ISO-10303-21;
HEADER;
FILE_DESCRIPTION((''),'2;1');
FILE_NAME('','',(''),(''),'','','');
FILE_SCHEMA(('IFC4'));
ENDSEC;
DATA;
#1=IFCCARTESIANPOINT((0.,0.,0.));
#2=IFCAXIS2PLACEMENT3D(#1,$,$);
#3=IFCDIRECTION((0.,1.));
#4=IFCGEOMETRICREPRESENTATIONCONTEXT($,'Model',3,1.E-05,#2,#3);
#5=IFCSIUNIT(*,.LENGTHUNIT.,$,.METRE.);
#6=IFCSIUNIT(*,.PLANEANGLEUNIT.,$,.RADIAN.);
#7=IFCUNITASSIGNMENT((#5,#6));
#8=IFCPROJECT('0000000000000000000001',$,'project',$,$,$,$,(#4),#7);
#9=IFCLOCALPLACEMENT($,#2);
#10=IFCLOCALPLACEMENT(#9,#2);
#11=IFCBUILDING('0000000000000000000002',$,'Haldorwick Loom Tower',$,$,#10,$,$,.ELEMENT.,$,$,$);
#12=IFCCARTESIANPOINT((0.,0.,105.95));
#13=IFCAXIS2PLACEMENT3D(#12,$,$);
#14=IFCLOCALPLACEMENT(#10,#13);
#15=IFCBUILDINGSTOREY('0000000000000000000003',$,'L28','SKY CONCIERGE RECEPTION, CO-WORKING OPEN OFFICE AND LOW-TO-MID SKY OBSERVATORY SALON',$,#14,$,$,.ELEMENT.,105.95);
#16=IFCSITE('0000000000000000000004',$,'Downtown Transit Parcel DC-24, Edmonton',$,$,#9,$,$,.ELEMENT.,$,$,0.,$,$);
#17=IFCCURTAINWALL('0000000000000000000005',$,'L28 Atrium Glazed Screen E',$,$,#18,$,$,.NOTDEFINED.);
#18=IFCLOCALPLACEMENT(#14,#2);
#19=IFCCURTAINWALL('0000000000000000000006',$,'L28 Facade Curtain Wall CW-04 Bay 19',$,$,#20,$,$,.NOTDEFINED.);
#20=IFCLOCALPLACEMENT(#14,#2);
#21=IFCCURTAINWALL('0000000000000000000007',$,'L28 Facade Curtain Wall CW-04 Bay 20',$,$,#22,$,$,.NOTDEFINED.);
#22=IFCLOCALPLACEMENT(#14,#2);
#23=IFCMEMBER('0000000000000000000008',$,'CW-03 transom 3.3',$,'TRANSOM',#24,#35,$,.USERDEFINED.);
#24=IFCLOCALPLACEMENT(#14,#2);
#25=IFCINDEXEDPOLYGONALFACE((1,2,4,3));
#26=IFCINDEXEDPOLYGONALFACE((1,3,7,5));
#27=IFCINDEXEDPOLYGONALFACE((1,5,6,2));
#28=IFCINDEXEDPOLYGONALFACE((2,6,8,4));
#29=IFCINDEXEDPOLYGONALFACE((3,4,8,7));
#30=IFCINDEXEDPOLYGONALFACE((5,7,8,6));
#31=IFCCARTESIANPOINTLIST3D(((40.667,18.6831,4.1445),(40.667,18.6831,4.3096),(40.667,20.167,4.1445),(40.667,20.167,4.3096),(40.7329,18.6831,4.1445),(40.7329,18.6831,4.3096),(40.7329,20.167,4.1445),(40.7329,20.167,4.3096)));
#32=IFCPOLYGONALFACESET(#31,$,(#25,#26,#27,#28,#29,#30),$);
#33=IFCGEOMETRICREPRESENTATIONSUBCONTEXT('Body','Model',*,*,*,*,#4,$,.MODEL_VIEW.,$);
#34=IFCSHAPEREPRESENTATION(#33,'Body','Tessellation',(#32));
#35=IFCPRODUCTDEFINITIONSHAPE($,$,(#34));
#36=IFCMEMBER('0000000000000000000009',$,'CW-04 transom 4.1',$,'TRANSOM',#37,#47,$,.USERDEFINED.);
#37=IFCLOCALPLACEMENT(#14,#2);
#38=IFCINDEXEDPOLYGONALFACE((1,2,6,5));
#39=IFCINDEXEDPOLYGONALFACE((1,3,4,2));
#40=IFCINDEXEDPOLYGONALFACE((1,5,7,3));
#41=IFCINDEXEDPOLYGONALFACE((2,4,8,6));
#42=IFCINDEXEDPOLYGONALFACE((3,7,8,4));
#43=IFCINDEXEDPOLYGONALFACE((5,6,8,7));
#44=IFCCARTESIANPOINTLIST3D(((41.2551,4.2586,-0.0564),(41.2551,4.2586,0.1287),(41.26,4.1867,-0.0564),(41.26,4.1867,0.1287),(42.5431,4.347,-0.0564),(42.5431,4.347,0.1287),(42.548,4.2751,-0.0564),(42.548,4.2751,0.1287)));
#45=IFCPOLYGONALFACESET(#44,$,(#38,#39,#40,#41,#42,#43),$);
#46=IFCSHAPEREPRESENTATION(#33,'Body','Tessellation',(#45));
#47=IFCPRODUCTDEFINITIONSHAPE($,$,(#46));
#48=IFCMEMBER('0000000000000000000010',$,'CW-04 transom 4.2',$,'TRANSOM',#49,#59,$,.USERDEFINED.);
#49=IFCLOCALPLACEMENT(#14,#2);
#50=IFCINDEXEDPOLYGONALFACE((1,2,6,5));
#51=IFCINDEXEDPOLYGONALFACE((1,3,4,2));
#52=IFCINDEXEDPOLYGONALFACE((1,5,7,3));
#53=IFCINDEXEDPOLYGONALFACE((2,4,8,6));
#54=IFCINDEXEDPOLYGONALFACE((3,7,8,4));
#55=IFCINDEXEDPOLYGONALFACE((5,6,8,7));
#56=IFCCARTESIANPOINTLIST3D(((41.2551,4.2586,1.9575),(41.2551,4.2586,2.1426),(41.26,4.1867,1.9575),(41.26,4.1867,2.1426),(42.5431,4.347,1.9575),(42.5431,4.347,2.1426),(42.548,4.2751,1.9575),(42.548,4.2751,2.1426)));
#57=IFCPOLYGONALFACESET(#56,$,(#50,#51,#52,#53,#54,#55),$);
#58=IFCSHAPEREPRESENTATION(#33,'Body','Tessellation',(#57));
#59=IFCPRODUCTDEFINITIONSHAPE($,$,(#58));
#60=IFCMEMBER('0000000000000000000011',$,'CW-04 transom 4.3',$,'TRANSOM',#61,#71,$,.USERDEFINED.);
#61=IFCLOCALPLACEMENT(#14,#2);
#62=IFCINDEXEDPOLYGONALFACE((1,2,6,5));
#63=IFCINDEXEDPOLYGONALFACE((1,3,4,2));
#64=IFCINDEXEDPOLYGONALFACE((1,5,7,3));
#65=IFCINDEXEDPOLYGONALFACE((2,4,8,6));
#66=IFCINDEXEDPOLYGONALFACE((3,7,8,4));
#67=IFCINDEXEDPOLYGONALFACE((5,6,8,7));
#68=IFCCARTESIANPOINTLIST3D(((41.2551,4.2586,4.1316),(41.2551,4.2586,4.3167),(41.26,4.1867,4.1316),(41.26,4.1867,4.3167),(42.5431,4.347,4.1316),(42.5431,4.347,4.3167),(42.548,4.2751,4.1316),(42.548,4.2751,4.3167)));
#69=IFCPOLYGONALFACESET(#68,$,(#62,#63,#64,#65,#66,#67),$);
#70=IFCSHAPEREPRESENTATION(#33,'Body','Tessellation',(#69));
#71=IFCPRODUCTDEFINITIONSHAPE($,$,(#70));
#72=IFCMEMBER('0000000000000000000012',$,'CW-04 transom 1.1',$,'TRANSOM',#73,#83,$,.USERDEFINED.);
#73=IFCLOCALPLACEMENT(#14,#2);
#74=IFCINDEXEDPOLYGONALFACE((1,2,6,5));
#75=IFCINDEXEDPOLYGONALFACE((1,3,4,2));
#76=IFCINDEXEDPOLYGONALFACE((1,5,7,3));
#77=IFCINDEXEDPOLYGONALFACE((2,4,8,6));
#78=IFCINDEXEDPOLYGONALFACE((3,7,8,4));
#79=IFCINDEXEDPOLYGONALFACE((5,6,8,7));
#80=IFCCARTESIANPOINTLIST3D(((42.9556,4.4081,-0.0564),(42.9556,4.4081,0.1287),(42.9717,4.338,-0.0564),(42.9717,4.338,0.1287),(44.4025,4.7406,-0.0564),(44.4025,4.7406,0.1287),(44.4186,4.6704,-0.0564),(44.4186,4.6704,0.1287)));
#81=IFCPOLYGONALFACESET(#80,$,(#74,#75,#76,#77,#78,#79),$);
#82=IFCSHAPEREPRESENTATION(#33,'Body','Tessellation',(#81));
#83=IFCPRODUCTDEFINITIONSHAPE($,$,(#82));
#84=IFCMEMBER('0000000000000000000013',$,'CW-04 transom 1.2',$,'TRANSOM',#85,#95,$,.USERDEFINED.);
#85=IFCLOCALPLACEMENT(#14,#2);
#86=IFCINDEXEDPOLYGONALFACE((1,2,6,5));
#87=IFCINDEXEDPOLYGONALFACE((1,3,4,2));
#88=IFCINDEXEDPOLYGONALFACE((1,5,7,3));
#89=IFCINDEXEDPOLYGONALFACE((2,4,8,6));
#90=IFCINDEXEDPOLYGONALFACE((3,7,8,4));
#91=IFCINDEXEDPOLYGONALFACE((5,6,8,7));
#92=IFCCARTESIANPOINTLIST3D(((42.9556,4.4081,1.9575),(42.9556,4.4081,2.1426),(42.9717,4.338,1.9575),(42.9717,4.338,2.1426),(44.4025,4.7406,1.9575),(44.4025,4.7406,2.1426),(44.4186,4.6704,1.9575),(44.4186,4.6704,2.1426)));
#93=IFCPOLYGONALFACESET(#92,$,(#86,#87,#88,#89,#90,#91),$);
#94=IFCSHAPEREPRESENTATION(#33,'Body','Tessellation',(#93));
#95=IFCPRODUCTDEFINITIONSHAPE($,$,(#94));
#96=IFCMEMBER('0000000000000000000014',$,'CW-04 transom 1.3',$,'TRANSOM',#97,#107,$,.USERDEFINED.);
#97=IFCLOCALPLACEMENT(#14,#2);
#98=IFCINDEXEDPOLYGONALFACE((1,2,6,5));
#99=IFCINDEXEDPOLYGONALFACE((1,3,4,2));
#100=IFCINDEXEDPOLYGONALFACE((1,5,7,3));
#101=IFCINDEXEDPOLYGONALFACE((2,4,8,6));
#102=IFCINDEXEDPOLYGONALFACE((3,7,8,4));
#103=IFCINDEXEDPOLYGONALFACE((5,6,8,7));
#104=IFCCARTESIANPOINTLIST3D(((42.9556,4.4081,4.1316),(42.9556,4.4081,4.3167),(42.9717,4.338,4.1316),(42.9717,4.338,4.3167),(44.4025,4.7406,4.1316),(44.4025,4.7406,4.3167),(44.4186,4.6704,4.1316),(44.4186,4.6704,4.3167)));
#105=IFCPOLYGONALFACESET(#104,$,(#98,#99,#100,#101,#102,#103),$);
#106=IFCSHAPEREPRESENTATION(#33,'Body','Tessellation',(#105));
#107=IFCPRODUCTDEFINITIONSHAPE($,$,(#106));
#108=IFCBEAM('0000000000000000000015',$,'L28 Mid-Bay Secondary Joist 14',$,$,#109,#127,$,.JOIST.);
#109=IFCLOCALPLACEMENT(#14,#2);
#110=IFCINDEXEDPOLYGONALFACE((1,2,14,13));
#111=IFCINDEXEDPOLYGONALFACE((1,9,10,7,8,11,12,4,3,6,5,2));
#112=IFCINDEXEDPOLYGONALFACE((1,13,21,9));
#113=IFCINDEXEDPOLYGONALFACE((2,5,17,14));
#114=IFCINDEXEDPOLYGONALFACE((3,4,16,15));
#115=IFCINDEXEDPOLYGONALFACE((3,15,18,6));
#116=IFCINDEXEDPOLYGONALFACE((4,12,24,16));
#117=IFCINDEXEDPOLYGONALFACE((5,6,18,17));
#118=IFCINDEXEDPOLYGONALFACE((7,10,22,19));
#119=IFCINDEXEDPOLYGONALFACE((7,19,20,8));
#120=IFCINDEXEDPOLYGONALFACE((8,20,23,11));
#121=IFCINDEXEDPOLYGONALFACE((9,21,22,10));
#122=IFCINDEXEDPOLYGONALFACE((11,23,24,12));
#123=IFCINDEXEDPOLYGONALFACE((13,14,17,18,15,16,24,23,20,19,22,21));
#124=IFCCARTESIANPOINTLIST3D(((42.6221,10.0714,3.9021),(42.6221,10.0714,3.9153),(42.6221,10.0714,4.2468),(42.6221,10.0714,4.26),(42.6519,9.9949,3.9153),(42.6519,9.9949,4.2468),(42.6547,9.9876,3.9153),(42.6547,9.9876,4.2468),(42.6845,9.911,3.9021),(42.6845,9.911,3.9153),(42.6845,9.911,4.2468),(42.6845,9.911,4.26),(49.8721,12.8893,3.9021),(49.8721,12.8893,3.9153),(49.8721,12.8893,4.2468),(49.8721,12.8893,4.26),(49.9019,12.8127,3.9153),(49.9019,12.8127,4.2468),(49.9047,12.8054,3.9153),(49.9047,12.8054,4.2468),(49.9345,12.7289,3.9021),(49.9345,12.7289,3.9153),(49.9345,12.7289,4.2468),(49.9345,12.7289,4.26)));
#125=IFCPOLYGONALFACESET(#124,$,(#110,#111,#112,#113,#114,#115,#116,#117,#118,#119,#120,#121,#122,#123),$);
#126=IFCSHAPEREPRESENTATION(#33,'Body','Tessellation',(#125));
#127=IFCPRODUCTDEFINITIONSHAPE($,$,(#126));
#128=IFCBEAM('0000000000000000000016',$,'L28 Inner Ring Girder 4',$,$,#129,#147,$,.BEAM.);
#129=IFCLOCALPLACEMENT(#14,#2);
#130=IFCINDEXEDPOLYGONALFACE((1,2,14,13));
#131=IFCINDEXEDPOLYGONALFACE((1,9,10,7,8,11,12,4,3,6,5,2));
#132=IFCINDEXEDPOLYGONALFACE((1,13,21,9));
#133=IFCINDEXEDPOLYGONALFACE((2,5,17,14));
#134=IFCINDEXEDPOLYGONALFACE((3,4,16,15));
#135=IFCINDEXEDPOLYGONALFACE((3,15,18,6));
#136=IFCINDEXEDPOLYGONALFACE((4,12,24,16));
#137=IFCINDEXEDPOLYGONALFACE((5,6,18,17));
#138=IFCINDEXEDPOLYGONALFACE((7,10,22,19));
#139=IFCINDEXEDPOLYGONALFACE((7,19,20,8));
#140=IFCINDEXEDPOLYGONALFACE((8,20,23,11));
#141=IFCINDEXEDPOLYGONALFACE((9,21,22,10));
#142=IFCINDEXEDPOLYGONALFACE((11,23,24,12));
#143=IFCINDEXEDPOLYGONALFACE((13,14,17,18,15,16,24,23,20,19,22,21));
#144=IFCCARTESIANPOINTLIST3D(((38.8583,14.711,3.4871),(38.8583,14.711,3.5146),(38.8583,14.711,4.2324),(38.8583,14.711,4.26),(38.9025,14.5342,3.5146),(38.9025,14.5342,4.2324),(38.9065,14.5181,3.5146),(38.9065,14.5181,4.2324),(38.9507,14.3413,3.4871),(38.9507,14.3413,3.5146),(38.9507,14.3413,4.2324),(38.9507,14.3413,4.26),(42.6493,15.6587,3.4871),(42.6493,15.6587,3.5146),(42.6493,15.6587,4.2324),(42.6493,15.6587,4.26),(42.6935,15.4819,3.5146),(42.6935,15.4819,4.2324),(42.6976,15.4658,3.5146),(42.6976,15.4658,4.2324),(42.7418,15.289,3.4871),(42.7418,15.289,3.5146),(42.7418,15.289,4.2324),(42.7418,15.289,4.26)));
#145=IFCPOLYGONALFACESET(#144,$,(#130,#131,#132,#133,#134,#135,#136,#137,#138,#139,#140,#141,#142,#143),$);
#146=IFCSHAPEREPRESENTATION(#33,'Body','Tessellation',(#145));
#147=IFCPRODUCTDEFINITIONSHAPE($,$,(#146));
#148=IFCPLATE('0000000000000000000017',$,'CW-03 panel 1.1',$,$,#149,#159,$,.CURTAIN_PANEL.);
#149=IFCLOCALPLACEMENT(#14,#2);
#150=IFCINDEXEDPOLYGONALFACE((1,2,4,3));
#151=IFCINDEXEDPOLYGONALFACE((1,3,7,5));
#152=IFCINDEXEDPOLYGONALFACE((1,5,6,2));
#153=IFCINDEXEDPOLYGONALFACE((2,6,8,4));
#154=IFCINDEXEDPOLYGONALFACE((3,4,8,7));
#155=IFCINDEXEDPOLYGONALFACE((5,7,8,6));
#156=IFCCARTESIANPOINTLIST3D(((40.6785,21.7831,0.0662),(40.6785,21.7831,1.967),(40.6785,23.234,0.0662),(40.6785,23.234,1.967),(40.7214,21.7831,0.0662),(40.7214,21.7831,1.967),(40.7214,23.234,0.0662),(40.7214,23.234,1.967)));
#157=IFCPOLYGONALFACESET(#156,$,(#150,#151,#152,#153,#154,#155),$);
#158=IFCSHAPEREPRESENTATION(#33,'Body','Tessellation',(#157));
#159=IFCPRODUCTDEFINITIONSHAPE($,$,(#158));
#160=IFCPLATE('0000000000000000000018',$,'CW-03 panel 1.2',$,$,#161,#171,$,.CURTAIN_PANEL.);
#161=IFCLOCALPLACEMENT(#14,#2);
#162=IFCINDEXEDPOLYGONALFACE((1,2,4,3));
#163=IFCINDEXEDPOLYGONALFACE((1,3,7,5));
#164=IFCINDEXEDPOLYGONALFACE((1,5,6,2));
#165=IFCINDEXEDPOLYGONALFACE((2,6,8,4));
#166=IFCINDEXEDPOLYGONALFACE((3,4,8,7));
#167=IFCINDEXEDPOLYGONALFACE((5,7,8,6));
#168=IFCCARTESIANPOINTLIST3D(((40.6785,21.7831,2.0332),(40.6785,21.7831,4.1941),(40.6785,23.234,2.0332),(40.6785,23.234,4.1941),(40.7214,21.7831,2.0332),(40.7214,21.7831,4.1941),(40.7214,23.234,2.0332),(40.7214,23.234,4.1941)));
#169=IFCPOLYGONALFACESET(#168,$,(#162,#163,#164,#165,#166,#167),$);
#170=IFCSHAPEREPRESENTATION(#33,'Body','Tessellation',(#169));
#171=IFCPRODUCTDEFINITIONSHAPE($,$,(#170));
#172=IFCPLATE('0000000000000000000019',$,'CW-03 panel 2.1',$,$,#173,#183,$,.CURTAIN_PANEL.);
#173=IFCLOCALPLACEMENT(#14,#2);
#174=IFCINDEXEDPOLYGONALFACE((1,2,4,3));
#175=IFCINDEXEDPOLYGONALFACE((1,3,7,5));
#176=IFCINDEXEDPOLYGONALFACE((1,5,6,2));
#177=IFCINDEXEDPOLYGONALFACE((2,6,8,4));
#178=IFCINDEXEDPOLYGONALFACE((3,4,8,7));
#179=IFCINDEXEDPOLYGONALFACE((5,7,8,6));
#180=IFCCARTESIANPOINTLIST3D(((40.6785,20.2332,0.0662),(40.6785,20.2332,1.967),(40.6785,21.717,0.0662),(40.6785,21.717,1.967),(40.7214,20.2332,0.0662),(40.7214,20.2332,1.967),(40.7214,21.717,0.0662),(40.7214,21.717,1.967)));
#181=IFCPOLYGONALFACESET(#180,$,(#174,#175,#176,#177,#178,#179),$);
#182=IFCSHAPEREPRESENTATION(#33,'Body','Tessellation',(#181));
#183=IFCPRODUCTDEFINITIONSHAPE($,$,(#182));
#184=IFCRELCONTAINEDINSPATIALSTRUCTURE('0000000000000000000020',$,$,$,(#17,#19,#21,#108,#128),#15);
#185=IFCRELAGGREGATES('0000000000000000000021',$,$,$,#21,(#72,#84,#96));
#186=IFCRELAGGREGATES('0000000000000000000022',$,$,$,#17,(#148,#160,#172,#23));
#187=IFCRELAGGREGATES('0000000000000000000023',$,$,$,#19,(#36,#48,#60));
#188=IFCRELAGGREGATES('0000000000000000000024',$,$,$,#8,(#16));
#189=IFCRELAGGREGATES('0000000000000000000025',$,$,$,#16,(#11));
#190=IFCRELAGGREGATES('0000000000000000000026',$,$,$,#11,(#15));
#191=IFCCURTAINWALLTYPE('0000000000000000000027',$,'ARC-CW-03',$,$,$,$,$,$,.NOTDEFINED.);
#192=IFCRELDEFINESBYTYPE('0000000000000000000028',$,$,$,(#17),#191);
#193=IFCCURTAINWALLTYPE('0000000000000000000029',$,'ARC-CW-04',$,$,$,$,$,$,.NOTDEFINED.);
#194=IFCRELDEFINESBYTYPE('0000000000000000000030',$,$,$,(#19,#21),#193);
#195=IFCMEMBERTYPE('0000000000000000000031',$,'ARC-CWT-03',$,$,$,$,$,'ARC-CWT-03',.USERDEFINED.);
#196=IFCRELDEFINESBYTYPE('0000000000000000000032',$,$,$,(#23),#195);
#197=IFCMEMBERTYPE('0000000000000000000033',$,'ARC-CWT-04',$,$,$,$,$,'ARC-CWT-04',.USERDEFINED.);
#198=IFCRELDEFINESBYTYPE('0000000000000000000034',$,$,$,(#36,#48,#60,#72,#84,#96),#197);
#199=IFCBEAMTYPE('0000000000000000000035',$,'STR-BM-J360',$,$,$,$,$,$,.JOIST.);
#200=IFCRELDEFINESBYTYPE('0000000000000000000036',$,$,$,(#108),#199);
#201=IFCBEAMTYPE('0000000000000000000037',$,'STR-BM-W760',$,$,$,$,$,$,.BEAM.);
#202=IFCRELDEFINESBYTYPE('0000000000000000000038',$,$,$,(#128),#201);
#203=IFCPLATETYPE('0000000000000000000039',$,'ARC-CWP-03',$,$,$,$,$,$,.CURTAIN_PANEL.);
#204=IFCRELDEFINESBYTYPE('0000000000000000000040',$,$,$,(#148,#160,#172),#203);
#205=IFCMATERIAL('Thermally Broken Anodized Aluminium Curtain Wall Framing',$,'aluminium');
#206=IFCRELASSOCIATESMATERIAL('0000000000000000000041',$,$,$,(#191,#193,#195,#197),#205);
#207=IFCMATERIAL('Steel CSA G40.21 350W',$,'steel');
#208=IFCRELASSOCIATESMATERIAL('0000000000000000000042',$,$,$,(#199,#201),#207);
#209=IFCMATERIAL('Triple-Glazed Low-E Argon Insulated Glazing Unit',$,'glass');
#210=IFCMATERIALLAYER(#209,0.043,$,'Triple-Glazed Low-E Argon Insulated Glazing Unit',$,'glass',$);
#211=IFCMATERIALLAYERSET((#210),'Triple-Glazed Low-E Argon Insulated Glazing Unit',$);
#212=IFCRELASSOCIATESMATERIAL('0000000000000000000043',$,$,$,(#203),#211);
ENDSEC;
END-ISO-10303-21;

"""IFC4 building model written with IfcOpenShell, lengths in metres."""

from ifc_helpers import new_model, si_unit, direction, frame, origin, origin_2d, place, context, subcontext, project, spatial, rectangle, i_section, extrude, material, layer, layer_set, material_profile, profile_set, type_object, element, aggregate, save


model = new_model("IFC4")

# Units and contexts
model_context = context("Model", 3, precision=1e-05, world=origin(), true_north=direction((0.0, 1.0)))
body_context = subcontext(model_context, "Body", "Model", "MODEL_VIEW")
ifc_project = project(units=[si_unit("LENGTHUNIT", "METRE"), si_unit("PLANEANGLEUNIT", "RADIAN")], contexts=[model_context])

# Site, building, storey
site_placement = place(None, origin())
site = spatial("IfcSite", under=ifc_project, at=site_placement, Name="Downtown Transit Parcel DC-24, Edmonton", CompositionType="ELEMENT", RefElevation=0.0)
building_placement = place(site_placement, origin())
building = spatial("IfcBuilding", under=site, at=building_placement, Name="Haldorwick Loom Tower", CompositionType="ELEMENT")
storey_placement = place(building_placement, frame((0.0, 0.0, 105.95)))
storey = spatial("IfcBuildingStorey", under=building, at=storey_placement, Name="L28", Description="SKY CONCIERGE RECEPTION, CO-WORKING OPEN OFFICE AND LOW-TO-MID SKY OBSERVATORY SALON", CompositionType="ELEMENT", Elevation=105.95)

# Curtain walls
ifc_material_1 = material(Name="Thermally Broken Anodized Aluminium Curtain Wall Framing", Category="aluminium")
curtain_wall_type_1 = type_object("IfcCurtainWallType", Name="ARC-CW-03", PredefinedType="NOTDEFINED", material=ifc_material_1)
curtain_wall_1_placement = place(storey_placement, origin())
curtain_wall_1 = element("IfcCurtainWall", 1, at=curtain_wall_1_placement, inside=storey, type_object=curtain_wall_type_1, Name="L28 Atrium Glazed Screen E", PredefinedType="NOTDEFINED")
curtain_wall_type_2 = type_object("IfcCurtainWallType", Name="ARC-CW-04", PredefinedType="NOTDEFINED", material=ifc_material_1)
curtain_wall_2_placement = place(storey_placement, origin())
curtain_wall_2 = element("IfcCurtainWall", 2, at=curtain_wall_2_placement, inside=storey, type_object=curtain_wall_type_2, Name="L28 Facade Curtain Wall CW-04 Bay 19", PredefinedType="NOTDEFINED")

# Curtain wall
curtain_wall_3_placement = place(storey_placement, origin())
curtain_wall_3 = element("IfcCurtainWall", 3, at=curtain_wall_3_placement, inside=storey, type_object=curtain_wall_type_2, Name="L28 Facade Curtain Wall CW-04 Bay 20", PredefinedType="NOTDEFINED")

# Members
ifc_material_profile_1 = material_profile(ifc_material_1, rectangle(XDim=0.0659, YDim=0.165, at=origin_2d()), Name="ALU_TRN_66X165", Category="aluminium")
ifc_profile_set_1 = profile_set([ifc_material_profile_1], Name="Thermally Broken Anodized Aluminium Curtain Wall Framing")
member_type_1 = type_object("IfcMemberType", Name="ARC-CWT-03", ElementType="ARC-CWT-03", PredefinedType="USERDEFINED", material=ifc_profile_set_1)
member_1_placement = place(storey_placement, frame((40.7, 20.167, 4.2271), z_axis=(0.0, -1.0, 0.0), x_axis=(1.0, 0.0, 0.0)))
member_1 = element("IfcMember", 4, at=member_1_placement, type_object=member_type_1, Name="CW-03 transom 3.3", ObjectType="TRANSOM", PredefinedType="USERDEFINED", context=body_context, shape_type="SweptSolid", body=[
    extrude(rectangle(XDim=0.0659, YDim=0.165, at=origin_2d()), origin(), (0.0, 0.0, 1.0), 1.4839),
])
ifc_material_profile_2 = material_profile(ifc_material_1, rectangle(XDim=0.072, YDim=0.1851, at=origin_2d()), Name="ALU_TRN_72X185", Category="aluminium")
ifc_profile_set_2 = profile_set([ifc_material_profile_2], Name="Thermally Broken Anodized Aluminium Curtain Wall Framing")
member_type_2 = type_object("IfcMemberType", Name="ARC-CWT-04", ElementType="ARC-CWT-04", PredefinedType="USERDEFINED", material=ifc_profile_set_2)
member_2_placement = place(storey_placement, frame((41.2576, 4.2227, 0.0361), z_axis=(0.997654, 0.068452, 0.0), x_axis=(-0.068452, 0.997654, 0.0)))
member_2 = element("IfcMember", 5, at=member_2_placement, type_object=member_type_2, Name="CW-04 transom 4.1", ObjectType="TRANSOM", PredefinedType="USERDEFINED", context=body_context, shape_type="SweptSolid", body=[
    extrude(rectangle(XDim=0.072, YDim=0.1851, at=origin_2d()), origin(), (0.0, 0.0, 1.0), 1.291),
])
member_3_placement = place(storey_placement, frame((41.2576, 4.2227, 2.05), z_axis=(0.997654, 0.068452, 0.0), x_axis=(-0.068452, 0.997654, 0.0)))
member_3 = element("IfcMember", 6, at=member_3_placement, type_object=member_type_2, Name="CW-04 transom 4.2", ObjectType="TRANSOM", PredefinedType="USERDEFINED", context=body_context, shape_type="SweptSolid", body=[
    extrude(rectangle(XDim=0.072, YDim=0.1851, at=origin_2d()), origin(), (0.0, 0.0, 1.0), 1.291),
])
member_4_placement = place(storey_placement, frame((41.2576, 4.2227, 4.2241), z_axis=(0.997654, 0.068452, 0.0), x_axis=(-0.068452, 0.997654, 0.0)))
member_4 = element("IfcMember", 7, at=member_4_placement, type_object=member_type_2, Name="CW-04 transom 4.3", ObjectType="TRANSOM", PredefinedType="USERDEFINED", context=body_context, shape_type="SweptSolid", body=[
    extrude(rectangle(XDim=0.072, YDim=0.1851, at=origin_2d()), origin(), (0.0, 0.0, 1.0), 1.291),
])
member_5_placement = place(storey_placement, frame((42.9636, 4.373, 0.0361), z_axis=(0.974599, 0.223959, 0.0), x_axis=(-0.223959, 0.974599, 0.0)))
member_5 = element("IfcMember", 8, at=member_5_placement, type_object=member_type_2, Name="CW-04 transom 1.1", ObjectType="TRANSOM", PredefinedType="USERDEFINED", context=body_context, shape_type="SweptSolid", body=[
    extrude(rectangle(XDim=0.072, YDim=0.1851, at=origin_2d()), origin(), (0.0, 0.0, 1.0), 1.4846),
])
member_6_placement = place(storey_placement, frame((42.9636, 4.373, 2.05), z_axis=(0.974599, 0.223959, 0.0), x_axis=(-0.223959, 0.974599, 0.0)))
member_6 = element("IfcMember", 9, at=member_6_placement, type_object=member_type_2, Name="CW-04 transom 1.2", ObjectType="TRANSOM", PredefinedType="USERDEFINED", context=body_context, shape_type="SweptSolid", body=[
    extrude(rectangle(XDim=0.072, YDim=0.1851, at=origin_2d()), origin(), (0.0, 0.0, 1.0), 1.4846),
])
member_7_placement = place(storey_placement, frame((42.9636, 4.373, 4.2241), z_axis=(0.974599, 0.223959, 0.0), x_axis=(-0.223959, 0.974599, 0.0)))
member_7 = element("IfcMember", 10, at=member_7_placement, type_object=member_type_2, Name="CW-04 transom 1.3", ObjectType="TRANSOM", PredefinedType="USERDEFINED", context=body_context, shape_type="SweptSolid", body=[
    extrude(rectangle(XDim=0.072, YDim=0.1851, at=origin_2d()), origin(), (0.0, 0.0, 1.0), 1.4846),
])
aggregate(curtain_wall_3, [member_5, member_6, member_7])

# Beams
ifc_material_2 = material(Name="Steel CSA G40.21 350W", Category="steel")
ifc_material_profile_3 = material_profile(ifc_material_2, i_section(OverallWidth=0.1721, OverallDepth=0.3579, WebThickness=0.0078, FlangeThickness=0.0132, at=origin_2d()), Name="W360X57", Category="steel")
ifc_profile_set_3 = profile_set([ifc_material_profile_3], Name="Steel CSA G40.21 350W")
beam_type_1 = type_object("IfcBeamType", Name="STR-BM-J360", PredefinedType="JOIST", material=ifc_profile_set_3)
beam_1_placement = place(storey_placement, frame((42.6533, 9.9912, 4.0811), z_axis=(0.932073, 0.362271, 0.0), x_axis=(-0.362271, 0.932073, 0.0)))
element("IfcBeam", 11, at=beam_1_placement, inside=storey, type_object=beam_type_1, Name="L28 Mid-Bay Secondary Joist 14", PredefinedType="JOIST", context=body_context, shape_type="SweptSolid", body=[
    extrude(i_section(OverallWidth=0.1721, OverallDepth=0.3579, WebThickness=0.0078, FlangeThickness=0.0132, at=origin_2d()), origin(), (0.0, 0.0, 1.0), 7.7783),
])
ifc_material_profile_4 = material_profile(ifc_material_2, i_section(OverallWidth=0.3811, OverallDepth=0.7729, WebThickness=0.0166, FlangeThickness=0.0276, at=origin_2d()), Name="W760X257", Category="steel")
ifc_profile_set_4 = profile_set([ifc_material_profile_4], Name="Steel CSA G40.21 350W")
beam_type_2 = type_object("IfcBeamType", Name="STR-BM-W760", PredefinedType="BEAM", material=ifc_profile_set_4)
beam_2_placement = place(storey_placement, frame((42.6956, 15.4739, 3.8735), z_axis=(-0.970143, -0.242536, 0.0), x_axis=(0.242536, -0.970143, 0.0)))
element("IfcBeam", 12, at=beam_2_placement, inside=storey, type_object=beam_type_2, Name="L28 Inner Ring Girder 4", PredefinedType="BEAM", context=body_context, shape_type="SweptSolid", body=[
    extrude(i_section(OverallWidth=0.3811, OverallDepth=0.7729, WebThickness=0.0166, FlangeThickness=0.0276, at=origin_2d()), origin(), (0.0, 0.0, 1.0), 3.9077),
])

# Plates
ifc_material_3 = material(Name="Triple-Glazed Low-E Argon Insulated Glazing Unit", Category="glass")
ifc_layer_1 = layer(ifc_material_3, 0.043, Name="Triple-Glazed Low-E Argon Insulated Glazing Unit", Category="glass")
ifc_layer_set_1 = layer_set([ifc_layer_1], Name="Triple-Glazed Low-E Argon Insulated Glazing Unit")
plate_type_1 = type_object("IfcPlateType", Name="ARC-CWP-03", PredefinedType="CURTAIN_PANEL", material=ifc_layer_set_1)
plate_1_placement = place(storey_placement, frame((40.7, 22.5085, 0.0662), z_axis=(0.0, 0.0, 1.0), x_axis=(0.0, -1.0, 0.0)))
plate_1 = element("IfcPlate", 13, at=plate_1_placement, type_object=plate_type_1, Name="CW-03 panel 1.1", PredefinedType="CURTAIN_PANEL", context=body_context, shape_type="SweptSolid", body=[
    extrude(rectangle(XDim=1.4509, YDim=0.043, at=origin_2d()), origin(), (0.0, 0.0, 1.0), 1.9009),
])
plate_2_placement = place(storey_placement, frame((40.7, 22.5085, 2.0332), z_axis=(0.0, 0.0, 1.0), x_axis=(0.0, -1.0, 0.0)))
plate_2 = element("IfcPlate", 14, at=plate_2_placement, type_object=plate_type_1, Name="CW-03 panel 1.2", PredefinedType="CURTAIN_PANEL", context=body_context, shape_type="SweptSolid", body=[
    extrude(rectangle(XDim=1.4509, YDim=0.043, at=origin_2d()), origin(), (0.0, 0.0, 1.0), 2.1609),
])
plate_3_placement = place(storey_placement, frame((40.7, 20.9751, 0.0662), z_axis=(0.0, 0.0, 1.0), x_axis=(0.0, -1.0, 0.0)))
plate_3 = element("IfcPlate", 15, at=plate_3_placement, type_object=plate_type_1, Name="CW-03 panel 2.1", PredefinedType="CURTAIN_PANEL", context=body_context, shape_type="SweptSolid", body=[
    extrude(rectangle(XDim=1.4839, YDim=0.043, at=origin_2d()), origin(), (0.0, 0.0, 1.0), 1.9009),
])
aggregate(curtain_wall_1, [plate_1, plate_2, plate_3, member_1])
aggregate(curtain_wall_2, [member_2, member_3, member_4])

save(model, "model.ifc")
